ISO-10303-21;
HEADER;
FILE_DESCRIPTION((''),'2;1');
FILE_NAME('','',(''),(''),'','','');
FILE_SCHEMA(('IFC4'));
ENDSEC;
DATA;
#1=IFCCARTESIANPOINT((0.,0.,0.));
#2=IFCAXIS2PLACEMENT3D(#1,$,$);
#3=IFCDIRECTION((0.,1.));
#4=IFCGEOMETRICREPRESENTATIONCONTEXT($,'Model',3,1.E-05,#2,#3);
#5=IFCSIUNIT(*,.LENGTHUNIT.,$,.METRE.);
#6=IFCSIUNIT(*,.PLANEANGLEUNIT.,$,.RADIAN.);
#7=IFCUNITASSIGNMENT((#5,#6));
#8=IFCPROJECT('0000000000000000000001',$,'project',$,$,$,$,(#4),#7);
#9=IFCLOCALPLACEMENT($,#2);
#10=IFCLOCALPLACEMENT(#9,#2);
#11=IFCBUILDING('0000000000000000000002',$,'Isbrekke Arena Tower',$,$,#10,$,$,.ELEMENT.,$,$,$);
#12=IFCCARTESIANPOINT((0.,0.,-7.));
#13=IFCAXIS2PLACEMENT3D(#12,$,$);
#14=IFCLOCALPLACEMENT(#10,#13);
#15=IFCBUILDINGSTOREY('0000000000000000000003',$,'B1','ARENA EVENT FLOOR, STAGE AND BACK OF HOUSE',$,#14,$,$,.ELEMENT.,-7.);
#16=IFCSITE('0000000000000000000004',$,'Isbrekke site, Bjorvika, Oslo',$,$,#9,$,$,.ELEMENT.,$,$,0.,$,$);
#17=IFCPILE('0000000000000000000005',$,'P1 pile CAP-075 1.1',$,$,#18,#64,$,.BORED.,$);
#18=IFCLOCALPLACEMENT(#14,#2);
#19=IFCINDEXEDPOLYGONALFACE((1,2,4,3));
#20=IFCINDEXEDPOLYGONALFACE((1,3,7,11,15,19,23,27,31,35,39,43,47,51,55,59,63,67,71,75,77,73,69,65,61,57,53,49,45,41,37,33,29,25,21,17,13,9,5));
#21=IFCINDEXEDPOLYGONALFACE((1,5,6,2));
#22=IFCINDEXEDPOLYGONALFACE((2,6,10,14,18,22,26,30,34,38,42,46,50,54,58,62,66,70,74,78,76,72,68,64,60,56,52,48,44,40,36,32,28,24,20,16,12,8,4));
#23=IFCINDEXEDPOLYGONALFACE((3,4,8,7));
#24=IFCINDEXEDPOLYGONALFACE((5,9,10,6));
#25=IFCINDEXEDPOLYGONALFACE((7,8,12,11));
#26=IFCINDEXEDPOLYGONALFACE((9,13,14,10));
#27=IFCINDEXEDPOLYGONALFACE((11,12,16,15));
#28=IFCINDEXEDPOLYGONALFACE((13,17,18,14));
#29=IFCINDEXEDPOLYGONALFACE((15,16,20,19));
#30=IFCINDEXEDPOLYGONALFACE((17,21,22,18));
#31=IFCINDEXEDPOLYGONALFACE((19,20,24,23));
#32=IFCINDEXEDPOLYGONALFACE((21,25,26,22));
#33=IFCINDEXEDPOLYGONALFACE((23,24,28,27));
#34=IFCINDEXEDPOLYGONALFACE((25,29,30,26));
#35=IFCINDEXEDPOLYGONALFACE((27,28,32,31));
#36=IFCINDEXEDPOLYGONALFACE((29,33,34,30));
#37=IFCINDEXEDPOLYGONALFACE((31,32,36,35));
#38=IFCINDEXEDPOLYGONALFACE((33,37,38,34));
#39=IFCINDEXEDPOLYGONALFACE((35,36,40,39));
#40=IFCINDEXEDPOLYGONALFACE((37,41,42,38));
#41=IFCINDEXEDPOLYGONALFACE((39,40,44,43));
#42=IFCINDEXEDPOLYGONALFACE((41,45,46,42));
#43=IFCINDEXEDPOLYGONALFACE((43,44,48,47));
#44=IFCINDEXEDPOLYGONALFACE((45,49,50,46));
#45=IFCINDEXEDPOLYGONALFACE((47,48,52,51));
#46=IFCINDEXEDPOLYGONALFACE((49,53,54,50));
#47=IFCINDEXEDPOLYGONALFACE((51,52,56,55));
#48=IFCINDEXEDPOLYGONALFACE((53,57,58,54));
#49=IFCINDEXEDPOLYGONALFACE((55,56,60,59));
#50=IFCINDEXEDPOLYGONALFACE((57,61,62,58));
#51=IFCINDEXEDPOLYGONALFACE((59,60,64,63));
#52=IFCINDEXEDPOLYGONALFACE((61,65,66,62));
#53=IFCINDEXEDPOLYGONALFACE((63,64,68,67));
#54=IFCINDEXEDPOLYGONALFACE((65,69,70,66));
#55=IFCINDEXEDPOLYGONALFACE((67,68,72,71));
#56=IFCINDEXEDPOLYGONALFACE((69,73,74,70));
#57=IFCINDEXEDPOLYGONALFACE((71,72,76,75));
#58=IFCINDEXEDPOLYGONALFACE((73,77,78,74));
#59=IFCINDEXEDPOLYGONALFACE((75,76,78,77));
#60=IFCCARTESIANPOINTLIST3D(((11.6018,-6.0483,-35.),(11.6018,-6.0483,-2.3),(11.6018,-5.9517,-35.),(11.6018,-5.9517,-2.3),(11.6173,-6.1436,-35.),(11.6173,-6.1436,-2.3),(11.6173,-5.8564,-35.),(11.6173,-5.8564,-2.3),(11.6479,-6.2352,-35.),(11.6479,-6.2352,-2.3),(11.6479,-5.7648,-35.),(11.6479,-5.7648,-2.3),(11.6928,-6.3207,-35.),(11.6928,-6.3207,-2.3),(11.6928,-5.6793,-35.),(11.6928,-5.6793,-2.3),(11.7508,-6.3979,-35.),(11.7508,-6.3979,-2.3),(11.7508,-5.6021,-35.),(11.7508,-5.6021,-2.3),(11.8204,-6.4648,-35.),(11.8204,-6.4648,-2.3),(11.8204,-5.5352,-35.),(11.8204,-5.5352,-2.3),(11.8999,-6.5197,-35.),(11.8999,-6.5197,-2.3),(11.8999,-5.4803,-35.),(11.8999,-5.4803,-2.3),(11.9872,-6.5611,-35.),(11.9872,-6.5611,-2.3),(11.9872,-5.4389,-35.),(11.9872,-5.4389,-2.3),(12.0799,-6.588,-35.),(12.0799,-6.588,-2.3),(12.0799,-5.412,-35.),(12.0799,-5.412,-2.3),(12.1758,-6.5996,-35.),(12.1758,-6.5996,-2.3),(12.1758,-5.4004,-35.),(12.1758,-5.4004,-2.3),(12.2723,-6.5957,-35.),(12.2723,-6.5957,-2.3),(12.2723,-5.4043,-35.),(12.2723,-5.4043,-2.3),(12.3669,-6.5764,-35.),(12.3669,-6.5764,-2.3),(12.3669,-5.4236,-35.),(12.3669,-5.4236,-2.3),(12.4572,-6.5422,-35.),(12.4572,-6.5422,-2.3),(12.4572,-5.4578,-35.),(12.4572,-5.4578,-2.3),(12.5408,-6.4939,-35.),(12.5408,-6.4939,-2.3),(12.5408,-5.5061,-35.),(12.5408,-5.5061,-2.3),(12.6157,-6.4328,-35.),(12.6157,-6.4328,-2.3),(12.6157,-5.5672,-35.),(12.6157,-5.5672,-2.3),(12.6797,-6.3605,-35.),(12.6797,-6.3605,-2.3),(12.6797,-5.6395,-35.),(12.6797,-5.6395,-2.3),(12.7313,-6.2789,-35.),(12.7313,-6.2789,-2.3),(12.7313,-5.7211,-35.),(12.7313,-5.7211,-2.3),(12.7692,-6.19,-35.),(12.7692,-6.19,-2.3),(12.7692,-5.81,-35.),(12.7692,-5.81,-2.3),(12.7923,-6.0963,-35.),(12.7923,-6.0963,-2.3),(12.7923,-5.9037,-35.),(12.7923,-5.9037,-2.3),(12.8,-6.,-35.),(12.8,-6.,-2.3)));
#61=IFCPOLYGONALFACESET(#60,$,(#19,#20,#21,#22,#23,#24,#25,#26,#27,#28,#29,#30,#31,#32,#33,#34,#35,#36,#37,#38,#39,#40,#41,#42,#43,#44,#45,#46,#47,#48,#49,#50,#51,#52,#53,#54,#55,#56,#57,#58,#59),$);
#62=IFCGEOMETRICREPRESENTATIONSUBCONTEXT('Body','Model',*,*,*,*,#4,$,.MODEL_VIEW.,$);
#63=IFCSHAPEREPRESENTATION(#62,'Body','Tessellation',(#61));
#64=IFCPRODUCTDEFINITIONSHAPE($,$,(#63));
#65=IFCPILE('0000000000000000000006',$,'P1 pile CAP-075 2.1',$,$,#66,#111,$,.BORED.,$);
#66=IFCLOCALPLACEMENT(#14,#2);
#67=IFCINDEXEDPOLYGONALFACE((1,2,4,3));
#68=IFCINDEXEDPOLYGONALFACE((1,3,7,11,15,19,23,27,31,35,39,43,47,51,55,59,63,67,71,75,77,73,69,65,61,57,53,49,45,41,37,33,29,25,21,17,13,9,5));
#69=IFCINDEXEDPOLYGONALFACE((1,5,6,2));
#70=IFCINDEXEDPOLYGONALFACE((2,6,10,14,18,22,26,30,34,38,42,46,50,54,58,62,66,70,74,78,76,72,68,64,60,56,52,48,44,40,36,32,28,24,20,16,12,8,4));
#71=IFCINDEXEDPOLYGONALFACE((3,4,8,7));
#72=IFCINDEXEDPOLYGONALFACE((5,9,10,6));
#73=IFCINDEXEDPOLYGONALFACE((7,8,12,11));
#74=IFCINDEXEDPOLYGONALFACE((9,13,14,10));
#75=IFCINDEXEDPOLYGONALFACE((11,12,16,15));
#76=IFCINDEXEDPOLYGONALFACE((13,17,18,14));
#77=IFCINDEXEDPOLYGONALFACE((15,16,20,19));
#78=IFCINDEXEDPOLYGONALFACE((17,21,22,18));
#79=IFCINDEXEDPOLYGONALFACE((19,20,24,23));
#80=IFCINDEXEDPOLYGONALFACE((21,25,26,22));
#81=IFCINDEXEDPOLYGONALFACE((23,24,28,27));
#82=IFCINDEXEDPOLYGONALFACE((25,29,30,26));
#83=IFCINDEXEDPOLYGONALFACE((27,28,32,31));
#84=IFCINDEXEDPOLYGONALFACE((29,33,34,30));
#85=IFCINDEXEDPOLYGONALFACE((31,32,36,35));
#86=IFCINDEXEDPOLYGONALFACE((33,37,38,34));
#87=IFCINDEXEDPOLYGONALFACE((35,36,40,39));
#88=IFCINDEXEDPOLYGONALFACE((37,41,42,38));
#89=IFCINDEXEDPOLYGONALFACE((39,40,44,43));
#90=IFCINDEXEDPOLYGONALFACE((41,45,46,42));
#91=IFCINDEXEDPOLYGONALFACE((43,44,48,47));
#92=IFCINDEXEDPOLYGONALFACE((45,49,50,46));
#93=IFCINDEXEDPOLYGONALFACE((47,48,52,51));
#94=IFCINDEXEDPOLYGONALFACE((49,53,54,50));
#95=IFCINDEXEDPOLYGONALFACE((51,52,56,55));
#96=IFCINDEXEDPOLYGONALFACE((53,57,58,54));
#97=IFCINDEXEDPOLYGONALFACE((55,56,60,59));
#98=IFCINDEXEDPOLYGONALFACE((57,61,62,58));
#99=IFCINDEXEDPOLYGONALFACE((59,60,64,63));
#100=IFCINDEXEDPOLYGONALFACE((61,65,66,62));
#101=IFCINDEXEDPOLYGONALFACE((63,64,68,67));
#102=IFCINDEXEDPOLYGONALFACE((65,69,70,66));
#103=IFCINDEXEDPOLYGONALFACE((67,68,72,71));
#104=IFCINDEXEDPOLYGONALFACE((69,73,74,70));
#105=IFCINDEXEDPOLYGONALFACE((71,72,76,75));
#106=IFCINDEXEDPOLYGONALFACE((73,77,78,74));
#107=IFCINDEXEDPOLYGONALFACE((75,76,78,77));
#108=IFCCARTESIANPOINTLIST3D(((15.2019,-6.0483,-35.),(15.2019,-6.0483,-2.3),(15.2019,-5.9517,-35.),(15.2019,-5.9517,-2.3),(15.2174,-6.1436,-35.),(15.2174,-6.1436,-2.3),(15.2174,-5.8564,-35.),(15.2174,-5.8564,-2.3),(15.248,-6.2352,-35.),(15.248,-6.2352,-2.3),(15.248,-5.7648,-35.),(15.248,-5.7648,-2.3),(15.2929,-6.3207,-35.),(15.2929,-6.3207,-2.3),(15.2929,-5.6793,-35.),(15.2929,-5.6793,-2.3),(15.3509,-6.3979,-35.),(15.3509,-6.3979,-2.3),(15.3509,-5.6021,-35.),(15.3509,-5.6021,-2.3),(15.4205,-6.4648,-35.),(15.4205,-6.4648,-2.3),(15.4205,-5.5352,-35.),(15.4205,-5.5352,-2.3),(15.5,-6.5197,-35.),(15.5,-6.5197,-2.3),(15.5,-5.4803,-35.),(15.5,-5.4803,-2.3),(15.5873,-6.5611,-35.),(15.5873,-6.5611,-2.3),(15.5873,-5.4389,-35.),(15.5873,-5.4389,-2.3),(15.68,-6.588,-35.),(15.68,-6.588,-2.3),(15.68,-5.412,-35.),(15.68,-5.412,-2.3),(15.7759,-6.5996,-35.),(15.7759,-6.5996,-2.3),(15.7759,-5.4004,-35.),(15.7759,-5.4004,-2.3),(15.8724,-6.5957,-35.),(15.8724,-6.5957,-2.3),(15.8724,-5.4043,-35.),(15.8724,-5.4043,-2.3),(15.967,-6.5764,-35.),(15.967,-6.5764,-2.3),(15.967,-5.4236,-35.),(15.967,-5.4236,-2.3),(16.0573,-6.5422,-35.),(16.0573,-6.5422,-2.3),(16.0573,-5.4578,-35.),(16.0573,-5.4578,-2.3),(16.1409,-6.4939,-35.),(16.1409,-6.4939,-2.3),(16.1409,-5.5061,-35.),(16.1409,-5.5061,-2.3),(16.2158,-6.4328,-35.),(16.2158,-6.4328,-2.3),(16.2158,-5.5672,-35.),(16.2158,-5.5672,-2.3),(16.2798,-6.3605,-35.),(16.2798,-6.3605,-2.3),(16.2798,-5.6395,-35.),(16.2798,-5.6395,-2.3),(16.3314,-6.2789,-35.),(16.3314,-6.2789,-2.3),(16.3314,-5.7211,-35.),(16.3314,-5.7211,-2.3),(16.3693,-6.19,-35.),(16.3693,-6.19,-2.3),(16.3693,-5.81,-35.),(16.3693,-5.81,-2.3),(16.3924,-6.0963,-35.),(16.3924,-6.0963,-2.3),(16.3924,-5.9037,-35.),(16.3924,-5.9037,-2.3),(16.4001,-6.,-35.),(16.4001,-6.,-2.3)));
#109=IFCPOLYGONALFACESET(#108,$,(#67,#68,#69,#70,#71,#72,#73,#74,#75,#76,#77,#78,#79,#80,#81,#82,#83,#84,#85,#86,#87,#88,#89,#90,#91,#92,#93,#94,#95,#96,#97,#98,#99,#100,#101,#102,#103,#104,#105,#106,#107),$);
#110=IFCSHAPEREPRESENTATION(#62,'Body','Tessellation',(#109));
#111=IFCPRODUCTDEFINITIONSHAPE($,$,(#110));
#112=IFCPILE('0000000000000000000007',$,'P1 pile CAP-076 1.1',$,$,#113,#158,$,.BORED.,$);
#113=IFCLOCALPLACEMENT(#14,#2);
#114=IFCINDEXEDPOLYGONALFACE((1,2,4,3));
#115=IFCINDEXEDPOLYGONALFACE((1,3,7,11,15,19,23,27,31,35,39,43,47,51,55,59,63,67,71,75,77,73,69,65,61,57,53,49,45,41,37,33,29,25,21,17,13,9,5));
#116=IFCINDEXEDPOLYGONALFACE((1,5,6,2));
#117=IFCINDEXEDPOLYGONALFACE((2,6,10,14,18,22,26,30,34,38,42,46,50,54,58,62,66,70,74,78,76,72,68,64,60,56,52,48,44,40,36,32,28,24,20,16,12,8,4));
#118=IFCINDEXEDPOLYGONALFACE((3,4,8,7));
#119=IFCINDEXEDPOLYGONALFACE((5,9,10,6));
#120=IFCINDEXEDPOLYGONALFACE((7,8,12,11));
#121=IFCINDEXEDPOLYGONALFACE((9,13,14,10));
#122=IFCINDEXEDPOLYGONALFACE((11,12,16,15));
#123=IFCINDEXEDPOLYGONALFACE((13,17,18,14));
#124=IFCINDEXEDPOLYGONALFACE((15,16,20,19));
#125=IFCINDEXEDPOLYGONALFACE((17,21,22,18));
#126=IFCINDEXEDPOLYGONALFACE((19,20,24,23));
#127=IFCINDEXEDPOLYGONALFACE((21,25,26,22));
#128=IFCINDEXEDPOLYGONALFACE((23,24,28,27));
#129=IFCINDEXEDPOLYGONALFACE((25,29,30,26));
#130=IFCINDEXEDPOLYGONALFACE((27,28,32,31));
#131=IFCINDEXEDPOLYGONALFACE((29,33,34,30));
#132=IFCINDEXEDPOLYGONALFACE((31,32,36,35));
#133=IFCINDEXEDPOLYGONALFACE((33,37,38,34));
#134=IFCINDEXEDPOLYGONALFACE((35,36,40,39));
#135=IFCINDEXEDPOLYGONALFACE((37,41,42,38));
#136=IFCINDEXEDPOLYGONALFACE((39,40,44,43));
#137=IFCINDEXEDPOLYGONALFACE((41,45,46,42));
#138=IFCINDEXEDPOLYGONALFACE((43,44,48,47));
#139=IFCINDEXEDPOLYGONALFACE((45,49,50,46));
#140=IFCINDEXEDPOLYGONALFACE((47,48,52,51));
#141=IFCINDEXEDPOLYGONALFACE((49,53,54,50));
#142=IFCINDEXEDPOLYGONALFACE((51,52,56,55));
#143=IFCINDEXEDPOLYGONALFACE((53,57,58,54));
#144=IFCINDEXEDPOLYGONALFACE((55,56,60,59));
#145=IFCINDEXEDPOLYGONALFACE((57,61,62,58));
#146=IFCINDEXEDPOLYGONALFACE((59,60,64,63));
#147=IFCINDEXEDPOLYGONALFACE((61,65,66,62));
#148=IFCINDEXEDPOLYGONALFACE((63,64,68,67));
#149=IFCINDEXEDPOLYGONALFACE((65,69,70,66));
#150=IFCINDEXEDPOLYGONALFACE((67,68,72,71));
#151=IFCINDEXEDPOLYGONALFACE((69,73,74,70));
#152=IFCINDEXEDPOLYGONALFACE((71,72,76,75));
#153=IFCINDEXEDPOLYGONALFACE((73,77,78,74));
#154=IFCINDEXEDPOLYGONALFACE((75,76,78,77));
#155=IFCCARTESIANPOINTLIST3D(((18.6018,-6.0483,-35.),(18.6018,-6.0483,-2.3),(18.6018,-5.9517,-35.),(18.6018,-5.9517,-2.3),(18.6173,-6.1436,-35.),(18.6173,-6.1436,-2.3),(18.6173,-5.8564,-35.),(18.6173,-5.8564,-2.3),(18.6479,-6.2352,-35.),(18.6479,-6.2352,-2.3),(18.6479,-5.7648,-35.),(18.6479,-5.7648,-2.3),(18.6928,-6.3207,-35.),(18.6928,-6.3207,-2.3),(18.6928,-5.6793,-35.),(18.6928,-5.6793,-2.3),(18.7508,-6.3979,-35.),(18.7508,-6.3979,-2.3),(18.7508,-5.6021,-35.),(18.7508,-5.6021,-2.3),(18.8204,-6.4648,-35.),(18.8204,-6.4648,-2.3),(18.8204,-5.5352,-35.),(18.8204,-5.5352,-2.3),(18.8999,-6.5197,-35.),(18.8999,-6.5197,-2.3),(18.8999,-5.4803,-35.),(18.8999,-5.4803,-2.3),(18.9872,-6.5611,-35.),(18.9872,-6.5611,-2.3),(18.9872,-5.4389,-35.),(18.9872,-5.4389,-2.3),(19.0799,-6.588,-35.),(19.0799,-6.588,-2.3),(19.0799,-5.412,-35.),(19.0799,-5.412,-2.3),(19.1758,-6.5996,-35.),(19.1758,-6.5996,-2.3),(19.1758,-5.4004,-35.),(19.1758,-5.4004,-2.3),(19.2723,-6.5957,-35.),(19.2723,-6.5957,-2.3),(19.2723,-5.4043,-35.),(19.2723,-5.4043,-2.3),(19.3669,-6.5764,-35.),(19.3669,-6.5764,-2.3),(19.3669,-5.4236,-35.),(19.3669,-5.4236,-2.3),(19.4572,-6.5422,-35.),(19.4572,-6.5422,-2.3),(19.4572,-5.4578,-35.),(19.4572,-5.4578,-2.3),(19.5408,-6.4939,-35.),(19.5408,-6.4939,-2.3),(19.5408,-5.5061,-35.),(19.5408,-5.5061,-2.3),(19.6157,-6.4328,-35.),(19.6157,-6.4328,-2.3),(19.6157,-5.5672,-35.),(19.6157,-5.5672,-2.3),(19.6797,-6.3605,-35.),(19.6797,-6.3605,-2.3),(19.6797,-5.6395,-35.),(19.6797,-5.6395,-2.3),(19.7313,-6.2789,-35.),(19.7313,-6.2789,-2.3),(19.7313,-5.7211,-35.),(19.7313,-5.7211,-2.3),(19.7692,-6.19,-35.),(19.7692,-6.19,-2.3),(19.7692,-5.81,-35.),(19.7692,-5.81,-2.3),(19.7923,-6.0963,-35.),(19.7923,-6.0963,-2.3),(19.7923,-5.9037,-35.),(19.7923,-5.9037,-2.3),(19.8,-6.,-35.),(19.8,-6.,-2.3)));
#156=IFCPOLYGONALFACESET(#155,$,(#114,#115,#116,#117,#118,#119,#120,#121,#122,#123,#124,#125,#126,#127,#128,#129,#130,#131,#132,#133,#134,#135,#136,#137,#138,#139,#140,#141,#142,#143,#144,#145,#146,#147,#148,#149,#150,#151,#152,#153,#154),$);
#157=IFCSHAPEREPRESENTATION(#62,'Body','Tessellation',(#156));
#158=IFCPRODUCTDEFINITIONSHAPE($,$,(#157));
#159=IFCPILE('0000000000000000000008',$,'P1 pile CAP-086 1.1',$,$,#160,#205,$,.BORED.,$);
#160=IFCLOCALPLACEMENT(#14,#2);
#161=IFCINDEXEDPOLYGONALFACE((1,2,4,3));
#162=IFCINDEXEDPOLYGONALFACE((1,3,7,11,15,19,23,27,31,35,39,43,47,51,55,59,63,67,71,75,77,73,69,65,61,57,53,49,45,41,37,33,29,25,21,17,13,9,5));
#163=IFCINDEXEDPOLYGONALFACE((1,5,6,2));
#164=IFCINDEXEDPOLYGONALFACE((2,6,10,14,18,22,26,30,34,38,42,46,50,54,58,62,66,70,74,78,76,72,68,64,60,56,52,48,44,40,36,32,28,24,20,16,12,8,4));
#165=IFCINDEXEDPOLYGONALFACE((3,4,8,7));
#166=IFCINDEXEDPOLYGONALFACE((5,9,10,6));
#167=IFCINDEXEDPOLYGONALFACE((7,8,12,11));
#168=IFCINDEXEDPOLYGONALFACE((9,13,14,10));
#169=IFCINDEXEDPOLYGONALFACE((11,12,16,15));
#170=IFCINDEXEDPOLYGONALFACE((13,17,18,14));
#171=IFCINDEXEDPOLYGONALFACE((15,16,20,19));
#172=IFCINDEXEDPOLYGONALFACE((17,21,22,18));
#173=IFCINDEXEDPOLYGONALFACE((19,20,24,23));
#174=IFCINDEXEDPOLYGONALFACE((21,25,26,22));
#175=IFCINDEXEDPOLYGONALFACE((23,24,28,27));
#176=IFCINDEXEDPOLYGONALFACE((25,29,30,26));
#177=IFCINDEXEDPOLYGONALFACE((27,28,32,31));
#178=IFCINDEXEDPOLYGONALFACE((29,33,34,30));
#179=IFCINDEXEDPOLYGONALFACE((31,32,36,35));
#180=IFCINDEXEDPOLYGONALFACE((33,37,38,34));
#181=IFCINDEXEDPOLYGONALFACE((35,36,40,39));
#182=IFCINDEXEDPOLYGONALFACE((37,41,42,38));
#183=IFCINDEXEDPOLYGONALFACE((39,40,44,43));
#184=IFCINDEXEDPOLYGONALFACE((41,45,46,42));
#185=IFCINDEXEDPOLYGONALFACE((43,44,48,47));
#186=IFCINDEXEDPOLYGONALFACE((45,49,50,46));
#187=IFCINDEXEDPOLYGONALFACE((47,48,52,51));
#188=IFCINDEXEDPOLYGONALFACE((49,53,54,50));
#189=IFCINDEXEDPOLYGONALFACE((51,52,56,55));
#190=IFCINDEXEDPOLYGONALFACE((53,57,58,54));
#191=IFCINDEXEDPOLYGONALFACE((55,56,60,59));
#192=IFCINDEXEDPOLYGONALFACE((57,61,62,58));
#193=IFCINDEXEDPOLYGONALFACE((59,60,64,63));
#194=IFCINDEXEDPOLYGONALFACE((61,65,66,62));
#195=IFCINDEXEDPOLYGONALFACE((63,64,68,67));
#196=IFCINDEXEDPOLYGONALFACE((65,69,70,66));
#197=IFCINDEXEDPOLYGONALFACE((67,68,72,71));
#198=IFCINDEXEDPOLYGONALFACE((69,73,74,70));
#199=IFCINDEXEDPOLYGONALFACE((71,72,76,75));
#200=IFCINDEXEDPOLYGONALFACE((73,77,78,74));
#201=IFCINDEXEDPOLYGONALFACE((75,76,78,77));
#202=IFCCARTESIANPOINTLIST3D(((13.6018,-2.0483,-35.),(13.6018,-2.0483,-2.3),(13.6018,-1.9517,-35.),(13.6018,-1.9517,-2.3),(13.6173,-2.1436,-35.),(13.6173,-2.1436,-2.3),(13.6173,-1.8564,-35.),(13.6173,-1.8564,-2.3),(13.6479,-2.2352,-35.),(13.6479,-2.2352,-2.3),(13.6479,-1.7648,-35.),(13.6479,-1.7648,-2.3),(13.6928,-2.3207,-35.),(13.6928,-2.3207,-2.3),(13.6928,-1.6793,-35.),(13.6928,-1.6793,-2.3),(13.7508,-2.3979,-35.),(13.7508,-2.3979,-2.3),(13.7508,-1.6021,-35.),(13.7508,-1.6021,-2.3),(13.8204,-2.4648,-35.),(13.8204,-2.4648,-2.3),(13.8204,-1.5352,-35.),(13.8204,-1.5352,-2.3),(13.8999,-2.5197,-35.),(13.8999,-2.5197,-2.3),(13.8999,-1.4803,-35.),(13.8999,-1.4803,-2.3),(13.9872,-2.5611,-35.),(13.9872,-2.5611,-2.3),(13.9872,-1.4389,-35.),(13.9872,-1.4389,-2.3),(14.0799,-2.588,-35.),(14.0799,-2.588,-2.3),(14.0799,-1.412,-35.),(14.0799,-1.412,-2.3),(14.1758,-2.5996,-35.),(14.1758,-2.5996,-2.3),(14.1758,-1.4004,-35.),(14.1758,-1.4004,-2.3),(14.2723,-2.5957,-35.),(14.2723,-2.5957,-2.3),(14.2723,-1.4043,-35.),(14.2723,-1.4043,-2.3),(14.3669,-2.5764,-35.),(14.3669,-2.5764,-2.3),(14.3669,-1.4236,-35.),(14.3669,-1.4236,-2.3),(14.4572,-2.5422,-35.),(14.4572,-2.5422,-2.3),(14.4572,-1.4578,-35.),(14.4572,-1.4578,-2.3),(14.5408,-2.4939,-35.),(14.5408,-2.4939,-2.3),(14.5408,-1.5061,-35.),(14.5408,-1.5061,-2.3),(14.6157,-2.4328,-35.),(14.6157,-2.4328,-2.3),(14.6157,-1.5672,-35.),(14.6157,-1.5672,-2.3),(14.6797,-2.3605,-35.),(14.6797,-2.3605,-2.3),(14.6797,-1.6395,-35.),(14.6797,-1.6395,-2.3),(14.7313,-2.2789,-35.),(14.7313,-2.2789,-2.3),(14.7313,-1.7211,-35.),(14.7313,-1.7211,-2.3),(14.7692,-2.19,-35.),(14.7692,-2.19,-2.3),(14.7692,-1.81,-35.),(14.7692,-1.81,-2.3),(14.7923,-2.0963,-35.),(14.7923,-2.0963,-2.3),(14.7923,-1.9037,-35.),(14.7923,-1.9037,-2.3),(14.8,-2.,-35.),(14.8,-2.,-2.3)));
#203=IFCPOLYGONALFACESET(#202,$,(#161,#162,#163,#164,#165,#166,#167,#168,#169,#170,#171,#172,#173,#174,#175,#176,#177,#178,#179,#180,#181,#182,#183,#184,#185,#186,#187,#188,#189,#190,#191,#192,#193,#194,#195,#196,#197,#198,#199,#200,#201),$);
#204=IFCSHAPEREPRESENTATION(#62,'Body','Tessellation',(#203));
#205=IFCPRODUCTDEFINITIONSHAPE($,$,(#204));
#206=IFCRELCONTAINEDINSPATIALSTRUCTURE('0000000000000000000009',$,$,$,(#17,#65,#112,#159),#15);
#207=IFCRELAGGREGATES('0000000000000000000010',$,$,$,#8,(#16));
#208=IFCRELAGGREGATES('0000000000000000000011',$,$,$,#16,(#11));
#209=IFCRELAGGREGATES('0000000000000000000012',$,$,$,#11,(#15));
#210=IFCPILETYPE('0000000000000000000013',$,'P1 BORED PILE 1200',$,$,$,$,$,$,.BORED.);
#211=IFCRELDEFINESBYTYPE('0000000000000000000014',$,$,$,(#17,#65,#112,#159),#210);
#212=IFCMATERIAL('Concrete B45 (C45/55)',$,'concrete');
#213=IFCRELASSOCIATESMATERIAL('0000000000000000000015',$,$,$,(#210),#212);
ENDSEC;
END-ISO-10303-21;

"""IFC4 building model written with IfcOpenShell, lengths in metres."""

from ifc_helpers import new_model, si_unit, direction, frame, origin, origin_2d, place, context, subcontext, project, spatial, circle, extrude, material, material_profile, profile_set, type_object, element, save


model = new_model("IFC4")

# Units and contexts
model_context = context("Model", 3, precision=1e-05, world=origin(), true_north=direction((0.0, 1.0)))
body_context = subcontext(model_context, "Body", "Model", "MODEL_VIEW")
ifc_project = project(units=[si_unit("LENGTHUNIT", "METRE"), si_unit("PLANEANGLEUNIT", "RADIAN")], contexts=[model_context])

# Site, building, storey
site_placement = place(None, origin())
site = spatial("IfcSite", under=ifc_project, at=site_placement, Name="Isbrekke site, Bjorvika, Oslo", CompositionType="ELEMENT", RefElevation=0.0)
building_placement = place(site_placement, origin())
building = spatial("IfcBuilding", under=site, at=building_placement, Name="Isbrekke Arena Tower", CompositionType="ELEMENT")
storey_placement = place(building_placement, frame((0.0, 0.0, -7.0)))
storey = spatial("IfcBuildingStorey", under=building, at=storey_placement, Name="B1", Description="ARENA EVENT FLOOR, STAGE AND BACK OF HOUSE", CompositionType="ELEMENT", Elevation=-7.0)

# Piles
ifc_material_1 = material(Name="Concrete B45 (C45/55)", Category="concrete")
ifc_material_profile_1 = material_profile(ifc_material_1, circle(Radius=0.6001, at=origin_2d()), Name="BORED PILE D1200")
ifc_profile_set_1 = profile_set([ifc_material_profile_1], Name="Concrete B45 (C45/55)")
pile_type = type_object("IfcPileType", Name="P1 BORED PILE 1200", PredefinedType="BORED", material=ifc_profile_set_1)
for number, where, z_axis, x_axis, name in (
    (1, (12.2, -6.0, -2.3), (0.0, 0.0, -1.0), (1.0, 0.0, 0.0), "P1 pile CAP-075 1.1"),
    (2, (15.8, -6.0, -2.3), (0.0, 0.0, -1.0), (1.0, 0.0, 0.0), "P1 pile CAP-075 2.1"),
    (3, (19.2, -6.0, -2.3), (0.0, 0.0, -1.0), (1.0, 0.0, 0.0), "P1 pile CAP-076 1.1"),
    (4, (14.2, -2.0, -2.3), (0.0, 0.0, -1.0), (1.0, 0.0, 0.0), "P1 pile CAP-086 1.1"),
):
    element("IfcPile", number, at=place(storey_placement, frame(where, z_axis=z_axis, x_axis=x_axis)), inside=storey, type_object=pile_type, Name=name, PredefinedType="BORED", context=body_context, shape_type="SweptSolid", body=[
        extrude(circle(Radius=0.6001, at=origin_2d()), origin(), (0.0, 0.0, 1.0), 32.7),
    ])

save(model, "model.ifc")
